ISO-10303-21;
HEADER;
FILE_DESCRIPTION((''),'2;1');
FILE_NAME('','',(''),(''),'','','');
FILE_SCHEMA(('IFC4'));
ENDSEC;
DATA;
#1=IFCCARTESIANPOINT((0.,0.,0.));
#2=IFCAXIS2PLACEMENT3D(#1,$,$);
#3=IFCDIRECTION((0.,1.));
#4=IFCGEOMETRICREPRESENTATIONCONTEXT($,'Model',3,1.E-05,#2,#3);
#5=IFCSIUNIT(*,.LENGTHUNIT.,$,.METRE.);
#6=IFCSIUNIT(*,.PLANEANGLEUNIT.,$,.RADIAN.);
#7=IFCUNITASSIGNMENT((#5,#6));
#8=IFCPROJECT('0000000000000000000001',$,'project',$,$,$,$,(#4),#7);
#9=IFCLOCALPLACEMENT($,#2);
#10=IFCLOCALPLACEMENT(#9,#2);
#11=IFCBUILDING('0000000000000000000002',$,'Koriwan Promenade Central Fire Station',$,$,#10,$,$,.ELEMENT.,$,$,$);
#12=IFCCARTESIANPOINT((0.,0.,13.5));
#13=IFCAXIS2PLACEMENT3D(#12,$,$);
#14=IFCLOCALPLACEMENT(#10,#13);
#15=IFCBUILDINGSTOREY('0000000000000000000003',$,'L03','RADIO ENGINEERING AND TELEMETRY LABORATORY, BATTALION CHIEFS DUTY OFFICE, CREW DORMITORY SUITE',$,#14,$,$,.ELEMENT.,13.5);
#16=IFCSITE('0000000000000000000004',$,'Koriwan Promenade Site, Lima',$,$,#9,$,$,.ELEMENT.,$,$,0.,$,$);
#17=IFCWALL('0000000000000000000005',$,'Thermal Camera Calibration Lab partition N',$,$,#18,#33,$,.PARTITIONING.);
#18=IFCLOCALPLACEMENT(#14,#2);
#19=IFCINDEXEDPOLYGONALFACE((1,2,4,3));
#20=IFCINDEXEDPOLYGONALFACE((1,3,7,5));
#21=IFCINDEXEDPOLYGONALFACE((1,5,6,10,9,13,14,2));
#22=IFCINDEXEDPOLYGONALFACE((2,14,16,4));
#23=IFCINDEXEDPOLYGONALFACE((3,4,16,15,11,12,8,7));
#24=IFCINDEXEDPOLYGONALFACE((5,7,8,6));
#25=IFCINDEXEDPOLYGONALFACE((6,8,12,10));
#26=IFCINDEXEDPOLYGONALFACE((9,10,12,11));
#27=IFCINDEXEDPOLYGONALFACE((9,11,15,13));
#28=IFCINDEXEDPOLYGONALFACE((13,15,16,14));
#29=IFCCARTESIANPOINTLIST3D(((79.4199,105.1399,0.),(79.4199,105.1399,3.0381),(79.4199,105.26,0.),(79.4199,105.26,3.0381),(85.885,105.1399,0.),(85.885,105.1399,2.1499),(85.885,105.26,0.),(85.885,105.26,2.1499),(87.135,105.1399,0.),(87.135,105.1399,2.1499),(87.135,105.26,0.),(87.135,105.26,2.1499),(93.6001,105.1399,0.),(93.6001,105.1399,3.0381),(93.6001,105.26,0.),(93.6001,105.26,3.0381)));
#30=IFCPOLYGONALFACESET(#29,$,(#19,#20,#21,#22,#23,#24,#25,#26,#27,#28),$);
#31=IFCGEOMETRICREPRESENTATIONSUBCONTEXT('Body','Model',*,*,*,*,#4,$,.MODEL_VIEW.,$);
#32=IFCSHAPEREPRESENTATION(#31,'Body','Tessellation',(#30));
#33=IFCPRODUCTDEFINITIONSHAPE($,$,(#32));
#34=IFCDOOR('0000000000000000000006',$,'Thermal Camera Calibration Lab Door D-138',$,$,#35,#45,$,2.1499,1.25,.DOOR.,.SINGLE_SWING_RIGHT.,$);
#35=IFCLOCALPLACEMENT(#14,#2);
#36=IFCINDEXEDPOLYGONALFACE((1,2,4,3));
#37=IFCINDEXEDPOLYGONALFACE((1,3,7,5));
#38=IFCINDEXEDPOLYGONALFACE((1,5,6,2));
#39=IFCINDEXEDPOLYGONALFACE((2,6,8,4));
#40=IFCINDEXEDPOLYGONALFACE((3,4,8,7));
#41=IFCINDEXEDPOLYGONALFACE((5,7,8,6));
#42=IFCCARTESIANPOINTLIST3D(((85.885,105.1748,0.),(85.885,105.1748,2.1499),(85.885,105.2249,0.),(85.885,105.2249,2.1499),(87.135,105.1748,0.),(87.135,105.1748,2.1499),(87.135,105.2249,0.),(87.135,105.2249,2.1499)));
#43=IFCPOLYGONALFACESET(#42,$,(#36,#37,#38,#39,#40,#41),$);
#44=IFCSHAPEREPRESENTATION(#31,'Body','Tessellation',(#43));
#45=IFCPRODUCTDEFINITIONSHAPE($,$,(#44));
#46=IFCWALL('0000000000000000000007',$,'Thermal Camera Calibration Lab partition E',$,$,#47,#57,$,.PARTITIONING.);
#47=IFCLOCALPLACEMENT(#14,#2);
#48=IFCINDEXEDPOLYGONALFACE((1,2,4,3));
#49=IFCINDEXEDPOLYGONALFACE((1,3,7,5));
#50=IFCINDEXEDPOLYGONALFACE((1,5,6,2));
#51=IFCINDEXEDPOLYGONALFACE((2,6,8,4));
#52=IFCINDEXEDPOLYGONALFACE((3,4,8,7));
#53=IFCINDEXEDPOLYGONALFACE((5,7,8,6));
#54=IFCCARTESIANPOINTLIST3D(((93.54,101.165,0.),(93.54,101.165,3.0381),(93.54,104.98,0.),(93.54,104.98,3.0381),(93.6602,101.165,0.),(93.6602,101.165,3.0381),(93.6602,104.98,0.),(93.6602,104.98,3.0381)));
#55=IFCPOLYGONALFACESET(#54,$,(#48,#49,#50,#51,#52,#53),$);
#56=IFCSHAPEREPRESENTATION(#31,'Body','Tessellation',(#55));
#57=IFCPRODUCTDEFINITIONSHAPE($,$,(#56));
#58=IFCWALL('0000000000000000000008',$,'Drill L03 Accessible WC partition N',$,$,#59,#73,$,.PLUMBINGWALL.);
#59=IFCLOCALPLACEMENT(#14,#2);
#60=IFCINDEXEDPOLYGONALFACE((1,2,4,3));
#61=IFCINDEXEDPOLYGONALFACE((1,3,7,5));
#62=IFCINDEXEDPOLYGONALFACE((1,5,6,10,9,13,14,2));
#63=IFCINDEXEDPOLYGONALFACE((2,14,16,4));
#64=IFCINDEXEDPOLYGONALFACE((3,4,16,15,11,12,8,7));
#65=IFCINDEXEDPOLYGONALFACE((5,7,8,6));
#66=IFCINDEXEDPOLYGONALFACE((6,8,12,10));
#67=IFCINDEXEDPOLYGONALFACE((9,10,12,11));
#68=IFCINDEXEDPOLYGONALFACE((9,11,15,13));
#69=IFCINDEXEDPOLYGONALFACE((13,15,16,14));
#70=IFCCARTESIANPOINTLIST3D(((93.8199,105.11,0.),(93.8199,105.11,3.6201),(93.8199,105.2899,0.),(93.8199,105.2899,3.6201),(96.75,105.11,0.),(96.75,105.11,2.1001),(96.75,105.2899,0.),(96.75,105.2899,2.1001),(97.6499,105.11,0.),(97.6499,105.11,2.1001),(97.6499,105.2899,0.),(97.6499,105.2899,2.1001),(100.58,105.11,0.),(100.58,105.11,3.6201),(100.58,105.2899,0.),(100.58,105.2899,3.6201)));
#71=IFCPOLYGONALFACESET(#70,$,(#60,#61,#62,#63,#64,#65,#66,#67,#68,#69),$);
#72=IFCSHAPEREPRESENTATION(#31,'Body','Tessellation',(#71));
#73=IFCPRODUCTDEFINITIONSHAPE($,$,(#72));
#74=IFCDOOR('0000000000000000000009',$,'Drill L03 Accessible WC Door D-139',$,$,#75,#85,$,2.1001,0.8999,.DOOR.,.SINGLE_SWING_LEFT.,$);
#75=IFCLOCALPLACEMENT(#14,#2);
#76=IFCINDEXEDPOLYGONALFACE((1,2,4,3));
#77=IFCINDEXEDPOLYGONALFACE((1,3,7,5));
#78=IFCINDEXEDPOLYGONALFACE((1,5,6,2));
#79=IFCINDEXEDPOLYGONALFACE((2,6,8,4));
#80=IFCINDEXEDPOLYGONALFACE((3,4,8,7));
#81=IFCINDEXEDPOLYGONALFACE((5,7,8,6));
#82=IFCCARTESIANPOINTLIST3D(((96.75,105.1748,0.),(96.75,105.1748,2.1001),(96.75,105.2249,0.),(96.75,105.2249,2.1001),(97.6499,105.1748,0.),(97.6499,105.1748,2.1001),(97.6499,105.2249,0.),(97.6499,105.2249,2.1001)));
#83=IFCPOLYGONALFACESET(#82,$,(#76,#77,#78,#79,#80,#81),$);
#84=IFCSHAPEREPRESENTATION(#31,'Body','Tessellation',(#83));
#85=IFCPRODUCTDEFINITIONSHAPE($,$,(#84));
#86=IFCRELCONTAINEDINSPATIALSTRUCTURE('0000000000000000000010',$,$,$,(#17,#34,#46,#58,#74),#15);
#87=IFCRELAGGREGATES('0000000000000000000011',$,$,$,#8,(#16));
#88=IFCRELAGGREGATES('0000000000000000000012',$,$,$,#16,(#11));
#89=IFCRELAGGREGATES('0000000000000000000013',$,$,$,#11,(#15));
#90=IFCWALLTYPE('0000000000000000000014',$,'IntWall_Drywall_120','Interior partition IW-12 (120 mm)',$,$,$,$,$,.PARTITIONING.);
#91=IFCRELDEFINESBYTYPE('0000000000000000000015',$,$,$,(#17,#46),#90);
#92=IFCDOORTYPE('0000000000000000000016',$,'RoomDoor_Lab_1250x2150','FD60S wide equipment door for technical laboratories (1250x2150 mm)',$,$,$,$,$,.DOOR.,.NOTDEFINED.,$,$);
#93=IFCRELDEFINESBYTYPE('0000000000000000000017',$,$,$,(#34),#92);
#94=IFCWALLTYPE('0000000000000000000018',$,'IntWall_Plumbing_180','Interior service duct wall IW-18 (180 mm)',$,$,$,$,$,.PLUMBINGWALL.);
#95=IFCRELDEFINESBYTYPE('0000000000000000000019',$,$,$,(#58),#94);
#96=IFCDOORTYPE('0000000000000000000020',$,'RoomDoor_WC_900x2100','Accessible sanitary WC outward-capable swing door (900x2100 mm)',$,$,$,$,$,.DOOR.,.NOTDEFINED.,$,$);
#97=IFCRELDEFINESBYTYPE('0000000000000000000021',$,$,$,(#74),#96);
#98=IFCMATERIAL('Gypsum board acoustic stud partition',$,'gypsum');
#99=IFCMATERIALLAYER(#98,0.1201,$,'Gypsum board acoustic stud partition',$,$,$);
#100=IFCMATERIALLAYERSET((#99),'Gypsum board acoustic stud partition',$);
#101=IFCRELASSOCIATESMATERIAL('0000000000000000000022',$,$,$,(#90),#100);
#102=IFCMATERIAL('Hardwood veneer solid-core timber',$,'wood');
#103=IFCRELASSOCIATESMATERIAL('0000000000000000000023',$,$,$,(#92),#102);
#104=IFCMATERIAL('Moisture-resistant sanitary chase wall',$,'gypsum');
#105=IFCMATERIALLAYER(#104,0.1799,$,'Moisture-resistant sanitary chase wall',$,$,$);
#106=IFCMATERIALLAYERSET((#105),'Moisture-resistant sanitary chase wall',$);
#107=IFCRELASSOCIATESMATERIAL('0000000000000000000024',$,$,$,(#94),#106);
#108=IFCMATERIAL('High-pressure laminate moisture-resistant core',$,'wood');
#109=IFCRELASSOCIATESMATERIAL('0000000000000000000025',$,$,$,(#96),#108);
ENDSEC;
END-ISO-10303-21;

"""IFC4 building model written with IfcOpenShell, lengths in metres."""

from ifc_helpers import new_model, si_unit, direction, frame, frame_2d, origin, place, context, subcontext, project, spatial, rectangle, extrude, material, layer, layer_set, type_object, element, fill, save


model = new_model("IFC4")

# Units and contexts
model_context = context("Model", 3, precision=1e-05, world=origin(), true_north=direction((0.0, 1.0)))
body_context = subcontext(model_context, "Body", "Model", "MODEL_VIEW")
ifc_project = project(units=[si_unit("LENGTHUNIT", "METRE"), si_unit("PLANEANGLEUNIT", "RADIAN")], contexts=[model_context])

# Site, building, storey
site_placement = place(None, origin())
site = spatial("IfcSite", under=ifc_project, at=site_placement, Name="Koriwan Promenade Site, Lima", CompositionType="ELEMENT", RefElevation=0.0)
building_placement = place(site_placement, origin())
building = spatial("IfcBuilding", under=site, at=building_placement, Name="Koriwan Promenade Central Fire Station", CompositionType="ELEMENT")
storey_placement = place(building_placement, frame((0.0, 0.0, 13.5)))
storey = spatial("IfcBuildingStorey", under=building, at=storey_placement, Name="L03", Description="RADIO ENGINEERING AND TELEMETRY LABORATORY, BATTALION CHIEFS DUTY OFFICE, CREW DORMITORY SUITE", CompositionType="ELEMENT", Elevation=13.5)

# Wall, opening, door
ifc_material_1 = material(Name="Gypsum board acoustic stud partition", Category="gypsum")
ifc_layer_1 = layer(ifc_material_1, 0.1201, Name="Gypsum board acoustic stud partition")
ifc_layer_set_1 = layer_set([ifc_layer_1], Name="Gypsum board acoustic stud partition")
wall_type_1 = type_object("IfcWallType", Name="IntWall_Drywall_120", Description="Interior partition IW-12 (120 mm)", PredefinedType="PARTITIONING", material=ifc_layer_set_1)
ifc_material_2 = material(Name="Hardwood veneer solid-core timber", Category="wood")
wall_1_placement = place(storey_placement, frame((79.4199, 105.2, 0.0), z_axis=(0.0, 0.0, 1.0), x_axis=(1.0, 0.0, 0.0)))
wall_1 = element("IfcWall", 1, at=wall_1_placement, inside=storey, type_object=wall_type_1, Name="Thermal Camera Calibration Lab partition N", PredefinedType="PARTITIONING", context=body_context, shape_type="SweptSolid", body=[
    extrude(rectangle(XDim=14.1802, YDim=0.1201, at=frame_2d((7.0901, 0.0))), origin(), (0.0, 0.0, 1.0), 3.0381),
])
opening_1_placement = place(wall_1_placement, frame((6.4651, 0.0, 0.0)))
opening_1 = element("IfcOpeningElement", 2, at=opening_1_placement, cuts=wall_1, PredefinedType="OPENING", context=body_context, shape_type="SweptSolid", body=[
    extrude(rectangle(XDim=1.25, YDim=2.1499, at=frame_2d((0.625, 1.075))), frame((0.0, 0.072, 0.0), z_axis=(0.0, -1.0, 0.0), x_axis=(1.0, 0.0, 0.0)), (0.0, 0.0, 1.0), 0.144),
])
door_type_1 = type_object("IfcDoorType", Name="RoomDoor_Lab_1250x2150", Description="FD60S wide equipment door for technical laboratories (1250x2150 mm)", OperationType="NOTDEFINED", PredefinedType="DOOR", material=ifc_material_2)
door_1_placement = place(opening_1_placement, origin())
door_1 = element("IfcDoor", 3, at=door_1_placement, inside=storey, type_object=door_type_1, Name="Thermal Camera Calibration Lab Door D-138", OperationType="SINGLE_SWING_RIGHT", OverallHeight=2.1499, OverallWidth=1.25, PredefinedType="DOOR", context=body_context, shape_type="SweptSolid", body=[
    extrude(rectangle(XDim=1.25, YDim=2.1499, at=frame_2d((0.625, 1.075))), frame((0.0, 0.0249, 0.0), z_axis=(0.0, -1.0, 0.0), x_axis=(1.0, 0.0, 0.0)), (0.0, 0.0, 1.0), 0.05),
])
fill(opening_1, door_1)

# Wall
wall_2_placement = place(storey_placement, frame((93.6001, 101.165, 0.0), z_axis=(0.0, 0.0, 1.0), x_axis=(0.0, 1.0, 0.0)))
element("IfcWall", 4, at=wall_2_placement, inside=storey, type_object=wall_type_1, Name="Thermal Camera Calibration Lab partition E", PredefinedType="PARTITIONING", context=body_context, shape_type="SweptSolid", body=[
    extrude(rectangle(XDim=3.8149, YDim=0.1201, at=frame_2d((1.9075, 0.0))), origin(), (0.0, 0.0, 1.0), 3.0381),
])

# Wall, opening, door
ifc_material_3 = material(Name="Moisture-resistant sanitary chase wall", Category="gypsum")
ifc_layer_2 = layer(ifc_material_3, 0.1799, Name="Moisture-resistant sanitary chase wall")
ifc_layer_set_2 = layer_set([ifc_layer_2], Name="Moisture-resistant sanitary chase wall")
wall_type_2 = type_object("IfcWallType", Name="IntWall_Plumbing_180", Description="Interior service duct wall IW-18 (180 mm)", PredefinedType="PLUMBINGWALL", material=ifc_layer_set_2)
wall_3_placement = place(storey_placement, frame((93.8201, 105.2, 0.0), z_axis=(0.0, 0.0, 1.0), x_axis=(1.0, 0.0, 0.0)))
wall_3 = element("IfcWall", 5, at=wall_3_placement, inside=storey, type_object=wall_type_2, Name="Drill L03 Accessible WC partition N", PredefinedType="PLUMBINGWALL", context=body_context, shape_type="SweptSolid", body=[
    extrude(rectangle(XDim=6.76, YDim=0.1799, at=frame_2d((3.3799, 0.0))), origin(), (0.0, 0.0, 1.0), 3.6201),
])
opening_2_placement = place(wall_3_placement, frame((2.9299, 0.0, 0.0)))
opening_2 = element("IfcOpeningElement", 6, at=opening_2_placement, cuts=wall_3, PredefinedType="OPENING", context=body_context, shape_type="SweptSolid", body=[
    extrude(rectangle(XDim=0.8999, YDim=2.1001, at=frame_2d((0.45, 1.05))), frame((0.0, 0.1021, 0.0), z_axis=(0.0, -1.0, 0.0), x_axis=(1.0, 0.0, 0.0)), (0.0, 0.0, 1.0), 0.2039),
])
ifc_material_4 = material(Name="High-pressure laminate moisture-resistant core", Category="wood")
door_type_2 = type_object("IfcDoorType", Name="RoomDoor_WC_900x2100", Description="Accessible sanitary WC outward-capable swing door (900x2100 mm)", OperationType="NOTDEFINED", PredefinedType="DOOR", material=ifc_material_4)
door_2_placement = place(opening_2_placement, origin())
door_2 = element("IfcDoor", 7, at=door_2_placement, inside=storey, type_object=door_type_2, Name="Drill L03 Accessible WC Door D-139", OperationType="SINGLE_SWING_LEFT", OverallHeight=2.1001, OverallWidth=0.8999, PredefinedType="DOOR", context=body_context, shape_type="SweptSolid", body=[
    extrude(rectangle(XDim=0.8999, YDim=2.1001, at=frame_2d((0.45, 1.05))), frame((0.0, 0.0249, 0.0), z_axis=(0.0, -1.0, 0.0), x_axis=(1.0, 0.0, 0.0)), (0.0, 0.0, 1.0), 0.05),
])
fill(opening_2, door_2)

save(model, "model.ifc")
